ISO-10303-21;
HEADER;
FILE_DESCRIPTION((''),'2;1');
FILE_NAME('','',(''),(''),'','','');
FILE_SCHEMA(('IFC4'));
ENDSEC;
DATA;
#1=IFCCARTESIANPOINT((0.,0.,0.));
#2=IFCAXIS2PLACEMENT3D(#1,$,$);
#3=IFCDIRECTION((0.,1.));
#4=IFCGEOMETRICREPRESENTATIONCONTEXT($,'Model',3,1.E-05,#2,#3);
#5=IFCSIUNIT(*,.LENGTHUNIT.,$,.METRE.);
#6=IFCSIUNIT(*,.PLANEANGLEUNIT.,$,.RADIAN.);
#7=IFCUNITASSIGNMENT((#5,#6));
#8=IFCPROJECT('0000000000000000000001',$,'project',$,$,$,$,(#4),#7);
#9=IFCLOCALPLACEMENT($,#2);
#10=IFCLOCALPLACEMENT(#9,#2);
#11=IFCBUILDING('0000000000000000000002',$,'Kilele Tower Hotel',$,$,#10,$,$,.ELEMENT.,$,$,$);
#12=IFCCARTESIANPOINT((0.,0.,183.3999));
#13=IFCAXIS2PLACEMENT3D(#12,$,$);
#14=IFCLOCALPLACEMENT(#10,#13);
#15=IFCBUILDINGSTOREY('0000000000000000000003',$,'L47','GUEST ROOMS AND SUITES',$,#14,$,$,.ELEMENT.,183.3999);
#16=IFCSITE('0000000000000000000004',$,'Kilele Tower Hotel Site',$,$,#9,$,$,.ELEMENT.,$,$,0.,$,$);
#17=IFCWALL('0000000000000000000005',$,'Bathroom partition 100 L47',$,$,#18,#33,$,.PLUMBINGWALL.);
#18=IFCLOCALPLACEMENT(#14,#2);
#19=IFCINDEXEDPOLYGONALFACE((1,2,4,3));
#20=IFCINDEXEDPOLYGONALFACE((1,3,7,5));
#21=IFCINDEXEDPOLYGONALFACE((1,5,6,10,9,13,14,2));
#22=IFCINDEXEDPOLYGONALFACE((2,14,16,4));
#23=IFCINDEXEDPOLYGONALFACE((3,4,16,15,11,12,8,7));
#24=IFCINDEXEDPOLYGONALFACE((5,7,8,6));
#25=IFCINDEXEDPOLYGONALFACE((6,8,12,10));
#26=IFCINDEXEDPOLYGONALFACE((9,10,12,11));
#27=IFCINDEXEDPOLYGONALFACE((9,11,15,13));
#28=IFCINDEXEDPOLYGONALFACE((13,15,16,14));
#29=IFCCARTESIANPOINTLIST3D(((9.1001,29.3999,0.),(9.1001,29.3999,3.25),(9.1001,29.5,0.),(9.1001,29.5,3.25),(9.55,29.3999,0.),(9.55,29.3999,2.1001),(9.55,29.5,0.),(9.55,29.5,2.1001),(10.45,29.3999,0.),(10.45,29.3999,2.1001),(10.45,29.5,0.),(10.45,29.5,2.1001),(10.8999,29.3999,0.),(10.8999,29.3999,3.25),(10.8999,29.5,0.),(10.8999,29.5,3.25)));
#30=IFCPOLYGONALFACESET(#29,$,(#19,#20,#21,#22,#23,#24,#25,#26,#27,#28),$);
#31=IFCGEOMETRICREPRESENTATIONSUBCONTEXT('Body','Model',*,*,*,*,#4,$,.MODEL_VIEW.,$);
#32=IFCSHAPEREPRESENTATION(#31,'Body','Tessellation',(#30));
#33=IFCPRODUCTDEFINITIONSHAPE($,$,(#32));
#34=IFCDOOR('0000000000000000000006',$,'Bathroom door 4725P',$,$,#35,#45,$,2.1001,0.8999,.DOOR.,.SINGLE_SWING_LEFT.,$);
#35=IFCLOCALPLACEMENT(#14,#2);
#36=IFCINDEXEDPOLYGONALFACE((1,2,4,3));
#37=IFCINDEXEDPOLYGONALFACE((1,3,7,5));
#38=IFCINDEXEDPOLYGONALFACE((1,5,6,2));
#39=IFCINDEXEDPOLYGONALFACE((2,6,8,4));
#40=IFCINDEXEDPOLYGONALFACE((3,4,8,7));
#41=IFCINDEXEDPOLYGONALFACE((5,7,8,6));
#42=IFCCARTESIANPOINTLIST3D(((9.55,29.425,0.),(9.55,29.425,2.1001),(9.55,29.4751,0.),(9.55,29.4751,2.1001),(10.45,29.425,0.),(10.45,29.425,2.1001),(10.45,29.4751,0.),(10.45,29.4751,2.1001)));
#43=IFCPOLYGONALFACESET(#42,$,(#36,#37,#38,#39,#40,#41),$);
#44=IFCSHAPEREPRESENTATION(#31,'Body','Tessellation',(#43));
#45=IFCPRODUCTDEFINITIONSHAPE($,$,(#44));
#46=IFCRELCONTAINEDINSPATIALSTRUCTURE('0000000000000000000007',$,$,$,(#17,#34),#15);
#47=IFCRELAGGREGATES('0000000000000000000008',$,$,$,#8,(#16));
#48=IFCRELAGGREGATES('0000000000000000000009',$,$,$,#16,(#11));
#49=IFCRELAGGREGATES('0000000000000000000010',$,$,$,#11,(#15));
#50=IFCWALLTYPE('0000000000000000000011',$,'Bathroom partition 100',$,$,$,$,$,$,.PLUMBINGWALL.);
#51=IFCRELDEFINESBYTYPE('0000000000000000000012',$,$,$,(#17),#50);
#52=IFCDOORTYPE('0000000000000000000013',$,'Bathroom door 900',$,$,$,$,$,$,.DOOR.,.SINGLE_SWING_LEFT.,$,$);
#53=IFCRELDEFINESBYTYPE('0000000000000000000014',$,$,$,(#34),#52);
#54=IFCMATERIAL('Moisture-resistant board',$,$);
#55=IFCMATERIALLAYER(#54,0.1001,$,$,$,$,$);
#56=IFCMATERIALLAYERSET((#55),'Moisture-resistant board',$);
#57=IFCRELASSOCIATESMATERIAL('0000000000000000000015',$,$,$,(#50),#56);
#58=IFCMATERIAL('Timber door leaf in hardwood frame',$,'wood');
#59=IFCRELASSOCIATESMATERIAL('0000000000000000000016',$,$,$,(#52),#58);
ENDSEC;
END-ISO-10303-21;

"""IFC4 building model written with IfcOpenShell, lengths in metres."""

from ifc_helpers import new_model, si_unit, direction, frame, frame_2d, origin, place, context, subcontext, project, spatial, rectangle, extrude, material, layer, layer_set, type_object, element, fill, save


model = new_model("IFC4")

# Units and contexts
model_context = context("Model", 3, precision=1e-05, world=origin(), true_north=direction((0.0, 1.0)))
body_context = subcontext(model_context, "Body", "Model", "MODEL_VIEW")
ifc_project = project(units=[si_unit("LENGTHUNIT", "METRE"), si_unit("PLANEANGLEUNIT", "RADIAN")], contexts=[model_context])

# Site, building, storey
site_placement = place(None, origin())
site = spatial("IfcSite", under=ifc_project, at=site_placement, Name="Kilele Tower Hotel Site", CompositionType="ELEMENT", RefElevation=0.0)
building_placement = place(site_placement, origin())
building = spatial("IfcBuilding", under=site, at=building_placement, Name="Kilele Tower Hotel", CompositionType="ELEMENT")
storey_placement = place(building_placement, frame((0.0, 0.0, 183.3999)))
storey = spatial("IfcBuildingStorey", under=building, at=storey_placement, Name="L47", Description="GUEST ROOMS AND SUITES", CompositionType="ELEMENT", Elevation=183.3999)

# Shared definitions
ifc_material_1 = material(Name="Moisture-resistant board")
ifc_layer_1 = layer(ifc_material_1, 0.1001)
ifc_layer_set_1 = layer_set([ifc_layer_1], Name="Moisture-resistant board")
wall_type_1 = type_object("IfcWallType", Name="Bathroom partition 100", PredefinedType="PLUMBINGWALL", material=ifc_layer_set_1)

# Shared definitions
ifc_material_2 = material(Name="Timber door leaf in hardwood frame", Category="wood")
door_type_1 = type_object("IfcDoorType", Name="Bathroom door 900", OperationType="SINGLE_SWING_LEFT", PredefinedType="DOOR", material=ifc_material_2)

# Wall, opening, door
wall_1_placement = place(storey_placement, frame((10.8999, 29.45, 0.0), z_axis=(0.0, 0.0, 1.0), x_axis=(-1.0, 0.0, 0.0)))
wall_1 = element("IfcWall", 1, at=wall_1_placement, inside=storey, type_object=wall_type_1, Name="Bathroom partition 100 L47", PredefinedType="PLUMBINGWALL", context=body_context, shape_type="SweptSolid", body=[
    extrude(rectangle(XDim=1.7998, YDim=0.1001, at=frame_2d((0.8999, 0.0))), origin(), (0.0, 0.0, 1.0), 3.25),
])
opening_1_placement = place(wall_1_placement, frame((0.45, 0.0, 0.0)))
opening_1 = element("IfcOpeningElement", 2, at=opening_1_placement, cuts=wall_1, PredefinedType="OPENING", context=body_context, shape_type="SweptSolid", body=[
    extrude(rectangle(XDim=0.8999, YDim=2.1001, at=frame_2d((0.45, 1.05))), frame((0.0, 0.0601, 0.0), z_axis=(0.0, -1.0, 0.0), x_axis=(1.0, 0.0, 0.0)), (0.0, 0.0, 1.0), 0.1201),
])
door_1_placement = place(opening_1_placement, origin())
door_1 = element("IfcDoor", 3, at=door_1_placement, inside=storey, type_object=door_type_1, Name="Bathroom door 4725P", OperationType="SINGLE_SWING_LEFT", OverallHeight=2.1001, OverallWidth=0.8999, PredefinedType="DOOR", context=body_context, shape_type="SweptSolid", body=[
    extrude(rectangle(XDim=0.8999, YDim=2.1001, at=frame_2d((0.45, 1.05))), frame((0.0, 0.0249, 0.0), z_axis=(0.0, -1.0, 0.0), x_axis=(1.0, 0.0, 0.0)), (0.0, 0.0, 1.0), 0.05),
])
fill(opening_1, door_1)

save(model, "model.ifc")
